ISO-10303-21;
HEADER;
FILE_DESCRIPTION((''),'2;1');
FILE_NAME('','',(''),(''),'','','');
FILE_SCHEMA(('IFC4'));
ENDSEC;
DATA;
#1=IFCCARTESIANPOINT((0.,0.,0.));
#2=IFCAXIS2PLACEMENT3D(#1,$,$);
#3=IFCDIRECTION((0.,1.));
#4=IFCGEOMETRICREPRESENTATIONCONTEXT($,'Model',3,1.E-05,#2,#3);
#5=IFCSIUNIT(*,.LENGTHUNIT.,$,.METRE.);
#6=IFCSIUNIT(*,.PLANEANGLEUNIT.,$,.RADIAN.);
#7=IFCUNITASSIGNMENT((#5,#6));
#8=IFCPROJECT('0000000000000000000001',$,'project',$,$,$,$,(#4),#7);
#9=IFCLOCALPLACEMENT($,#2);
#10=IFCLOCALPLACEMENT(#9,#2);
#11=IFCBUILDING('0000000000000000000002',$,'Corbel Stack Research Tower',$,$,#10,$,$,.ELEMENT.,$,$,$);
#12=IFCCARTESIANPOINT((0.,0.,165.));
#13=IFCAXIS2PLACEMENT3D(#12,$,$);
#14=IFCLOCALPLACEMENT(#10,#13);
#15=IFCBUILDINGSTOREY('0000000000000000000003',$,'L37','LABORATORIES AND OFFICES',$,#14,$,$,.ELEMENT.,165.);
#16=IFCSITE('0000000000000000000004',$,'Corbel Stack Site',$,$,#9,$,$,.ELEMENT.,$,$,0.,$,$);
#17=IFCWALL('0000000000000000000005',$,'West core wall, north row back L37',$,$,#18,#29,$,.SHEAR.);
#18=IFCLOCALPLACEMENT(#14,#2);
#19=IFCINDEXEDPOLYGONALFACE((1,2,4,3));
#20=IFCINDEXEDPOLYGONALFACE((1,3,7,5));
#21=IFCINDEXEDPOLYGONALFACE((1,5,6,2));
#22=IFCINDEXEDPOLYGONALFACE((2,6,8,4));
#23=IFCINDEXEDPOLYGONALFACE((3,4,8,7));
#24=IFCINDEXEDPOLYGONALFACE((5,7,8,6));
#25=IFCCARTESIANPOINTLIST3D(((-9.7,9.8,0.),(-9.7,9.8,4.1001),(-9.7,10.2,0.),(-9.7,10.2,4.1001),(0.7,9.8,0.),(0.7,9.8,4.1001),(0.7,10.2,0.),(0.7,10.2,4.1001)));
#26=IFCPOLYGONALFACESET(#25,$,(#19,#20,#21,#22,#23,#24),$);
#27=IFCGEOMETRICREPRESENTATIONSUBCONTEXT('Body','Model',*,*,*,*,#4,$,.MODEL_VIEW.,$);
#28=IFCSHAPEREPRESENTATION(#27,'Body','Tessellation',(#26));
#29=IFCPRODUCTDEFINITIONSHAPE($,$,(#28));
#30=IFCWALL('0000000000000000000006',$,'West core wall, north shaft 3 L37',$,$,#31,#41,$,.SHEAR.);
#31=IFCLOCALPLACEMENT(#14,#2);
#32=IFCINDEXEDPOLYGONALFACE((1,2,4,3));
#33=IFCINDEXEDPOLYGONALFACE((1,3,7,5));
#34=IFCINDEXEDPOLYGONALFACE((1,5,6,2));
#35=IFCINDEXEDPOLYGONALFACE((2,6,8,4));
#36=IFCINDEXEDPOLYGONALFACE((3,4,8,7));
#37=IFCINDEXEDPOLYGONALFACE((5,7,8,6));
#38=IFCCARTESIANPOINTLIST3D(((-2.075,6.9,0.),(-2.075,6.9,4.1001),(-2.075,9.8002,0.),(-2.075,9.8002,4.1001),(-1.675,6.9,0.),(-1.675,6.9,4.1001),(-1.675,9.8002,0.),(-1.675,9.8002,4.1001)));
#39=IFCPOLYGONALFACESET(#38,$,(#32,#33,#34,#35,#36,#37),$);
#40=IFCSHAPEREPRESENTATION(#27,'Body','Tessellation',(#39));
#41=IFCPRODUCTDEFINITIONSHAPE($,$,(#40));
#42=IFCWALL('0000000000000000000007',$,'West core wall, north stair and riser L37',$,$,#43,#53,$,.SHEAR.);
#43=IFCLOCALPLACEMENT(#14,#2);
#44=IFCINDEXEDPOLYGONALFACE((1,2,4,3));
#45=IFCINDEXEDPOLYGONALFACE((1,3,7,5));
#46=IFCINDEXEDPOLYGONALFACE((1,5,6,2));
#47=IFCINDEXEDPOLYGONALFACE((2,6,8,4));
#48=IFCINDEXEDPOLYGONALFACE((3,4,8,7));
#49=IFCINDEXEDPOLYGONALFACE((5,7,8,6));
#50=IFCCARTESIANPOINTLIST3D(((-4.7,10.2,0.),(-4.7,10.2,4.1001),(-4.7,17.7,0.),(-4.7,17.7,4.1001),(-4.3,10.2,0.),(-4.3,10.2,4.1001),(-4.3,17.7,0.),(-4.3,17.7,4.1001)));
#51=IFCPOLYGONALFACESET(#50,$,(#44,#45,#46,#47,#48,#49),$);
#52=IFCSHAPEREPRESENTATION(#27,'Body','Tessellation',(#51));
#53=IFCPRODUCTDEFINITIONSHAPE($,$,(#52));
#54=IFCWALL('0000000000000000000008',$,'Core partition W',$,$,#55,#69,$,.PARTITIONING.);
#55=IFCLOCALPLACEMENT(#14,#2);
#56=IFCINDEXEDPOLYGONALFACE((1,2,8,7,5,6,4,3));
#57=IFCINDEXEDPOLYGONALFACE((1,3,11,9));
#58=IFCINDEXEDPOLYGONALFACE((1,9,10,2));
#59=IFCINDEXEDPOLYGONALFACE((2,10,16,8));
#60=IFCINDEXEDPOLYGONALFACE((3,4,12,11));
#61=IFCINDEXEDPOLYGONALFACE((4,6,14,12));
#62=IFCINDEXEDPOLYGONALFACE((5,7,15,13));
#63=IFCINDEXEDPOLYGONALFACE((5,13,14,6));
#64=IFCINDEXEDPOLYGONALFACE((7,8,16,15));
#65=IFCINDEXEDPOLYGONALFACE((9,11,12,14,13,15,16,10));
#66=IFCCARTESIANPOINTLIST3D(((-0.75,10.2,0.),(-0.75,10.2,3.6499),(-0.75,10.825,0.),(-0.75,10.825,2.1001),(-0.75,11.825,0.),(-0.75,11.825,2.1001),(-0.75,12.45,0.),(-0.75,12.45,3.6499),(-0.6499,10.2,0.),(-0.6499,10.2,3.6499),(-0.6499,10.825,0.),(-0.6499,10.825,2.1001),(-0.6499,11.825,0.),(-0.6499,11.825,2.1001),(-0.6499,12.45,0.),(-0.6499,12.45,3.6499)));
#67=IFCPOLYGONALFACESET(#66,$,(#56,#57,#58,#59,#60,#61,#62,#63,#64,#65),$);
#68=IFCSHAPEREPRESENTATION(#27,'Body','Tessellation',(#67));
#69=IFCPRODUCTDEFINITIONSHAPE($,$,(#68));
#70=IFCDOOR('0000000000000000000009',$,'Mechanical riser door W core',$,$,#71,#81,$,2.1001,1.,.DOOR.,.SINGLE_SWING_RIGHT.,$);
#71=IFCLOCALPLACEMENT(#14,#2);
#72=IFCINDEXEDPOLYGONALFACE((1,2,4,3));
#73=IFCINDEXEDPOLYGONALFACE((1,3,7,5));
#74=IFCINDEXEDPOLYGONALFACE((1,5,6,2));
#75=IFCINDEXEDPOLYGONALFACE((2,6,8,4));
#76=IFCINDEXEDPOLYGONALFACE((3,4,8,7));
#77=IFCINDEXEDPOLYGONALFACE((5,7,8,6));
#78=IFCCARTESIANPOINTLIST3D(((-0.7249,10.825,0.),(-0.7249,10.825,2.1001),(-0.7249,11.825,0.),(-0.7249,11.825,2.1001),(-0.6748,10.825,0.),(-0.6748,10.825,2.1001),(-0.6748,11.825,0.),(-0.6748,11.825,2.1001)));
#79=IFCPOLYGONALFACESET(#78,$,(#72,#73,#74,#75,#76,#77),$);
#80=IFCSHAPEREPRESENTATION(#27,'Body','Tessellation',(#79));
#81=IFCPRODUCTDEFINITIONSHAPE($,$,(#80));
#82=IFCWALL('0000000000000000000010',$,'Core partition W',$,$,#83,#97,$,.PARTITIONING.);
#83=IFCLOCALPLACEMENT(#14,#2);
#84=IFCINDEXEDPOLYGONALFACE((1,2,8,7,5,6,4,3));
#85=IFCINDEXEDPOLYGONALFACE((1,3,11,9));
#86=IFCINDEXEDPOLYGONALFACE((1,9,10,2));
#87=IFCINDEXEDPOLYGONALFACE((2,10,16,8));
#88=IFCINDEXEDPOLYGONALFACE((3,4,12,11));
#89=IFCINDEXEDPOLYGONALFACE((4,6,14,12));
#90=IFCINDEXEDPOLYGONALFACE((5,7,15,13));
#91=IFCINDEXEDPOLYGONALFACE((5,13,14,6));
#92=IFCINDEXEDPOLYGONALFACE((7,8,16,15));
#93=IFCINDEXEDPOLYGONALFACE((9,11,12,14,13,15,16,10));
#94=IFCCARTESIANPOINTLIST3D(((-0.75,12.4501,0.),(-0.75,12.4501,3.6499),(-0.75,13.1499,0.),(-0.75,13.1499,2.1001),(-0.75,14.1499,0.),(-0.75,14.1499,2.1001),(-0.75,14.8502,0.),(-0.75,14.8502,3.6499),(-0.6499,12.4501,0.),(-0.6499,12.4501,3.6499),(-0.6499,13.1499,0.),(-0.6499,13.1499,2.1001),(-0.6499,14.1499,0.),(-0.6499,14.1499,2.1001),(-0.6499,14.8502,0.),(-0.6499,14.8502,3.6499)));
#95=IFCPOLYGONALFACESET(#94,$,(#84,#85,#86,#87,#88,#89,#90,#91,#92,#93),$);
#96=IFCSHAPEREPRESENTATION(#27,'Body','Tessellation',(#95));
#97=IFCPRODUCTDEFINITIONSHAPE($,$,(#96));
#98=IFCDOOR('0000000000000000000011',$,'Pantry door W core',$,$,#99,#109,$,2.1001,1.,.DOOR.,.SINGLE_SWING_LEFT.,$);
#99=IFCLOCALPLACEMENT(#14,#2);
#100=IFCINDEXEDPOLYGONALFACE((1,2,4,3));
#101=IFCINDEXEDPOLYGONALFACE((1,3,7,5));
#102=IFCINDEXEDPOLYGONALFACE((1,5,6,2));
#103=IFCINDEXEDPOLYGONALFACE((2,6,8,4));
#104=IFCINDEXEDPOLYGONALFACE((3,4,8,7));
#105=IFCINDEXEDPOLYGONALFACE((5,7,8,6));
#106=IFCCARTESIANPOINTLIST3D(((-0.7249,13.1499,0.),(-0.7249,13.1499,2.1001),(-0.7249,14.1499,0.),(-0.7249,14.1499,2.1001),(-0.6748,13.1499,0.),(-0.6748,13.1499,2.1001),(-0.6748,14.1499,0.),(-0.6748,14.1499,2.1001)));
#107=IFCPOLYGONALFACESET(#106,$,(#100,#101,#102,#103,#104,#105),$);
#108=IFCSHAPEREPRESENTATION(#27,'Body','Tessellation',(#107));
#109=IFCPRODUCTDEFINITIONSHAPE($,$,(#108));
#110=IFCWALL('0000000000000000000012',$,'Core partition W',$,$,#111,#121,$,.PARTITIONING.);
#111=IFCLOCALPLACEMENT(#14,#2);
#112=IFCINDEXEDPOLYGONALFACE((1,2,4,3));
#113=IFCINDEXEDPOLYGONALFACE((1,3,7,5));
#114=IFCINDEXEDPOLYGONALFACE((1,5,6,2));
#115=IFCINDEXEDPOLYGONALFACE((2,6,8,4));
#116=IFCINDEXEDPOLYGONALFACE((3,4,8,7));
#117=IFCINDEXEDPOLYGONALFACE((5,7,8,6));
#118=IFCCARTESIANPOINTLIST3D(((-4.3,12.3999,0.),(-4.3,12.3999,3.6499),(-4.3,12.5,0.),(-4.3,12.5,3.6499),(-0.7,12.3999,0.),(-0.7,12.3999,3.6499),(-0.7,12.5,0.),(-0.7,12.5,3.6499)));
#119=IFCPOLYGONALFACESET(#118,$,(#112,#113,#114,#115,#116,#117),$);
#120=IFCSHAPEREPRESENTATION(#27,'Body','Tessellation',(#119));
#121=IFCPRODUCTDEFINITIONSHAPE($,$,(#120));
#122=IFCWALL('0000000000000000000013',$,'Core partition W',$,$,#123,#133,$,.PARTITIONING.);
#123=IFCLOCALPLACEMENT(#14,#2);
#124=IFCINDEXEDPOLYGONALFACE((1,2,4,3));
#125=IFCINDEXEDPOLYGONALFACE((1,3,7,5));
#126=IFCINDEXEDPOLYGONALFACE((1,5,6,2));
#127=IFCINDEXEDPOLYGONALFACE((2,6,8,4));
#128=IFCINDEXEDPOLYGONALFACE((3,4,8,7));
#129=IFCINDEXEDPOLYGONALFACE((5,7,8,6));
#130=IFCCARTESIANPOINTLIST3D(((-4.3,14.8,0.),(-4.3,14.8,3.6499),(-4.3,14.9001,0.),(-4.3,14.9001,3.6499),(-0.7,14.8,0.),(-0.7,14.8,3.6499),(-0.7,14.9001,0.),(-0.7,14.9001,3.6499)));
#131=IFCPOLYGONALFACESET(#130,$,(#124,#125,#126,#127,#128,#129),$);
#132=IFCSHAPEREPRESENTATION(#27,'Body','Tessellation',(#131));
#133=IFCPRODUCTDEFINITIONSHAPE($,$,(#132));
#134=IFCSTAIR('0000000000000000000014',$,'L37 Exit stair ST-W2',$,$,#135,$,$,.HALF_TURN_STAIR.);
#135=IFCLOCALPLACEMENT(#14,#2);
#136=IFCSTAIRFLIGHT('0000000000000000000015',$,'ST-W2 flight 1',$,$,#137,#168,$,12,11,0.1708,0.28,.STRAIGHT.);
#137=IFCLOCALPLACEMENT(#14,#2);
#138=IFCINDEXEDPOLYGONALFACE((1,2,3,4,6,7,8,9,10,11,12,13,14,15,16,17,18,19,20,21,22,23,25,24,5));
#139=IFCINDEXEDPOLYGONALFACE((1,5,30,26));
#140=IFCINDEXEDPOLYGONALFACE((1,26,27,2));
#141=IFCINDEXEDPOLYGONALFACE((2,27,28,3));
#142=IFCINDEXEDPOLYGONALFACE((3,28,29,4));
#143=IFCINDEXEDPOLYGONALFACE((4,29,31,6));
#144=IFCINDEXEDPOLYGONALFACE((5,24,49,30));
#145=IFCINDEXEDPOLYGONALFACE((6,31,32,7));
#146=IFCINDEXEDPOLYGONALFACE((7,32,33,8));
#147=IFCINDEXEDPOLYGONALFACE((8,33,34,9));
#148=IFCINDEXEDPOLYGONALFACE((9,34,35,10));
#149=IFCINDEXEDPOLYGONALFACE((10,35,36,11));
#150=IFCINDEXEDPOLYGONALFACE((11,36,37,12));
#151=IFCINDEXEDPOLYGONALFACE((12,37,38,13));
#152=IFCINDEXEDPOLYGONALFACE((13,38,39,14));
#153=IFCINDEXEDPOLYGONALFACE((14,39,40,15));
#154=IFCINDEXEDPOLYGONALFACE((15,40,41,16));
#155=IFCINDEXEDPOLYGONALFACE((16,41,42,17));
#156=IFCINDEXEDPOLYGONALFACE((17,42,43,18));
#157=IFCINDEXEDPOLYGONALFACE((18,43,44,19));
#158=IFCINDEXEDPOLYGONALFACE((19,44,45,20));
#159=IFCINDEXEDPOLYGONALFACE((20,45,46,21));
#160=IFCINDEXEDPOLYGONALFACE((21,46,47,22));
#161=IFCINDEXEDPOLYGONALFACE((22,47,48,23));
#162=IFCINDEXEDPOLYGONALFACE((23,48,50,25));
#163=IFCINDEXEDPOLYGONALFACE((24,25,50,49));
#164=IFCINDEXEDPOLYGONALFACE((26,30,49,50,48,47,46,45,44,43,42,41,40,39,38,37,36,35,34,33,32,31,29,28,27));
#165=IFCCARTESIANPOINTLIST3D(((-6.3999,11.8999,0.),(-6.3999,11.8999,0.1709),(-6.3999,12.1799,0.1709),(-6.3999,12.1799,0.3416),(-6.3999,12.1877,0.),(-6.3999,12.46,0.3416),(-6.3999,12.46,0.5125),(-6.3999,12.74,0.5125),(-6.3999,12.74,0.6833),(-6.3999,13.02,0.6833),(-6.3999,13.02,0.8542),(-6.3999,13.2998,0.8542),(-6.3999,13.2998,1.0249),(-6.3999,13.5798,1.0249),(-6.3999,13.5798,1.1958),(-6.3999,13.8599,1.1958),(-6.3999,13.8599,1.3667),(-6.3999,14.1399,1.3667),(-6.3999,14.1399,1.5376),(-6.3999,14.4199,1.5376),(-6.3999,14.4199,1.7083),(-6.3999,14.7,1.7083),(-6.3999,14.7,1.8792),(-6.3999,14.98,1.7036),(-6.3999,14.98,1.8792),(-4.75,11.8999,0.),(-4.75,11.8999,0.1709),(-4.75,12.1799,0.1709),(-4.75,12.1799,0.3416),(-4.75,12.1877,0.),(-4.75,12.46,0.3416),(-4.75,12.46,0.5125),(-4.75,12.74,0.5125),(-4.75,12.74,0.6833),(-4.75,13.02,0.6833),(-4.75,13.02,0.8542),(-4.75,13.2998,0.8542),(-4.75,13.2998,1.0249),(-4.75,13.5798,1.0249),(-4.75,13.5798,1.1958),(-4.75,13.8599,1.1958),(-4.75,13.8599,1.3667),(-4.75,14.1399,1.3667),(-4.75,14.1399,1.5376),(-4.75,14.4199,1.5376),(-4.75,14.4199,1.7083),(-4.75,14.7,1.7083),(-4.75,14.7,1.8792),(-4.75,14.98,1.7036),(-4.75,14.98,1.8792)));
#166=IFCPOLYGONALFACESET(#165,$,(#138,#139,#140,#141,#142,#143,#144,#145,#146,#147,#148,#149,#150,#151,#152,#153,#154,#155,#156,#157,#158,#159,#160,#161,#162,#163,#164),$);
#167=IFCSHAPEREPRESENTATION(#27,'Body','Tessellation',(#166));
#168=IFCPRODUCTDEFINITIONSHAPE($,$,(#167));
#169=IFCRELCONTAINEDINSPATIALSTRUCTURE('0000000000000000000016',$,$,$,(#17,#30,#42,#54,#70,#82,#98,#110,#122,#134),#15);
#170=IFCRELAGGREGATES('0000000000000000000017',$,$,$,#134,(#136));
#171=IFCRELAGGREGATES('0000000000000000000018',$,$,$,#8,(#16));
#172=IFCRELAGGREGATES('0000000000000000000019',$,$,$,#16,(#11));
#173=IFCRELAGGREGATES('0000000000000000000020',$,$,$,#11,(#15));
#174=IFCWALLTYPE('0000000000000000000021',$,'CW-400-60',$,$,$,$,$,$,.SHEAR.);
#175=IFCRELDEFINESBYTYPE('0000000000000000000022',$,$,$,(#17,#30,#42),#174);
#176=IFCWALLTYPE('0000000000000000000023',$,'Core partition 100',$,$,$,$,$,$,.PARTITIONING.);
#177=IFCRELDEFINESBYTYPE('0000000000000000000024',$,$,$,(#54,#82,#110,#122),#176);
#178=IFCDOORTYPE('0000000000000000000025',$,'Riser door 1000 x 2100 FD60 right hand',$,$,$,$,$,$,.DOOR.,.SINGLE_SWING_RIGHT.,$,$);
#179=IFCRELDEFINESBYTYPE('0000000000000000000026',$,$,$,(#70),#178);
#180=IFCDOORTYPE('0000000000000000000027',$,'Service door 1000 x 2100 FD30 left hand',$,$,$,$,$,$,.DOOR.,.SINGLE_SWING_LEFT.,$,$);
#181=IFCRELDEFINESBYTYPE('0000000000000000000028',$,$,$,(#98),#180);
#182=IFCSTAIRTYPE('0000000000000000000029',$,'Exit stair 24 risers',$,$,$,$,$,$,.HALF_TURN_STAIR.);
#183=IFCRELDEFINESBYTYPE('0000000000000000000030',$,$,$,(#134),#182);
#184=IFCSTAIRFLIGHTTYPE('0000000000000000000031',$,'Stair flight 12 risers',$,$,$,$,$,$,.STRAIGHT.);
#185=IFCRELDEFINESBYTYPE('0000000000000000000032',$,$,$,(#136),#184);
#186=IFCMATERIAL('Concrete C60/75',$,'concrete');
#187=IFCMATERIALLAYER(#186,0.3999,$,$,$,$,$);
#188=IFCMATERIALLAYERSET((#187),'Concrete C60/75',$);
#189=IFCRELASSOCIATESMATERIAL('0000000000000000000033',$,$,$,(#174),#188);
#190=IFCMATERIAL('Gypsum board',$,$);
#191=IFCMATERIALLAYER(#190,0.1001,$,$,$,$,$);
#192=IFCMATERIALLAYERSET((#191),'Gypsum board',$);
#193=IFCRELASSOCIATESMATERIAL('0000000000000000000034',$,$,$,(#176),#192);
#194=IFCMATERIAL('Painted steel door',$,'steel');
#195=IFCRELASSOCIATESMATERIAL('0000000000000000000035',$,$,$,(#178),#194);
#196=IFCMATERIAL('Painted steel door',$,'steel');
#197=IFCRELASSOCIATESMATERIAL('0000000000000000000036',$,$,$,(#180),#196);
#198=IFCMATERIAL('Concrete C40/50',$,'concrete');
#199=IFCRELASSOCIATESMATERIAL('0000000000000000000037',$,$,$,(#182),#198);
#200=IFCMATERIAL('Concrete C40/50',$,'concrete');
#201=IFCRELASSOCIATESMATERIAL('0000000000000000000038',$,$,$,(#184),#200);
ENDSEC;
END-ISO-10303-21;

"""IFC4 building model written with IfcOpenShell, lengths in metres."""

from ifc_helpers import new_model, si_unit, direction, frame, frame_2d, origin, place, context, subcontext, project, spatial, polyline, rectangle, outline, extrude, material, layer, layer_set, type_object, element, fill, aggregate, save


model = new_model("IFC4")

# Units and contexts
model_context = context("Model", 3, precision=1e-05, world=origin(), true_north=direction((0.0, 1.0)))
body_context = subcontext(model_context, "Body", "Model", "MODEL_VIEW")
ifc_project = project(units=[si_unit("LENGTHUNIT", "METRE"), si_unit("PLANEANGLEUNIT", "RADIAN")], contexts=[model_context])

# Site, building, storey
site_placement = place(None, origin())
site = spatial("IfcSite", under=ifc_project, at=site_placement, Name="Corbel Stack Site", CompositionType="ELEMENT", RefElevation=0.0)
building_placement = place(site_placement, origin())
building = spatial("IfcBuilding", under=site, at=building_placement, Name="Corbel Stack Research Tower", CompositionType="ELEMENT")
storey_placement = place(building_placement, frame((0.0, 0.0, 165.0)))
storey = spatial("IfcBuildingStorey", under=building, at=storey_placement, Name="L37", Description="LABORATORIES AND OFFICES", CompositionType="ELEMENT", Elevation=165.0)

# Walls
ifc_material_1 = material(Name="Concrete C60/75", Category="concrete")
ifc_layer_1 = layer(ifc_material_1, 0.3999)
ifc_layer_set_1 = layer_set([ifc_layer_1], Name="Concrete C60/75")
wall_type_1 = type_object("IfcWallType", Name="CW-400-60", PredefinedType="SHEAR", material=ifc_layer_set_1)
wall_1_placement = place(storey_placement, frame((-9.7, 10.0, 0.0), z_axis=(0.0, 0.0, 1.0), x_axis=(1.0, 0.0, 0.0)))
element("IfcWall", 1, at=wall_1_placement, inside=storey, type_object=wall_type_1, Name="West core wall, north row back L37", PredefinedType="SHEAR", context=body_context, shape_type="SweptSolid", body=[
    extrude(rectangle(XDim=10.3999, YDim=0.3999, at=frame_2d((5.2, 0.0))), origin(), (0.0, 0.0, 1.0), 4.1001),
])
wall_2_placement = place(storey_placement, frame((-1.875, 6.8999, 0.0), z_axis=(0.0, 0.0, 1.0), x_axis=(0.0, 1.0, 0.0)))
element("IfcWall", 2, at=wall_2_placement, inside=storey, type_object=wall_type_1, Name="West core wall, north shaft 3 L37", PredefinedType="SHEAR", context=body_context, shape_type="SweptSolid", body=[
    extrude(rectangle(XDim=2.9001, YDim=0.3999, at=frame_2d((1.4502, 0.0))), origin(), (0.0, 0.0, 1.0), 4.1001),
])
wall_3_placement = place(storey_placement, frame((-4.5, 10.2, 0.0), z_axis=(0.0, 0.0, 1.0), x_axis=(0.0, 1.0, 0.0)))
element("IfcWall", 3, at=wall_3_placement, inside=storey, type_object=wall_type_1, Name="West core wall, north stair and riser L37", PredefinedType="SHEAR", context=body_context, shape_type="SweptSolid", body=[
    extrude(rectangle(XDim=7.5, YDim=0.3999, at=frame_2d((3.75, 0.0))), origin(), (0.0, 0.0, 1.0), 4.1001),
])

# Walls, openings, doors
ifc_material_2 = material(Name="Gypsum board")
ifc_layer_2 = layer(ifc_material_2, 0.1001)
ifc_layer_set_2 = layer_set([ifc_layer_2], Name="Gypsum board")
wall_type_2 = type_object("IfcWallType", Name="Core partition 100", PredefinedType="PARTITIONING", material=ifc_layer_set_2)
wall_4_placement = place(storey_placement, frame((-0.7, 10.2, 0.0), z_axis=(0.0, 0.0, 1.0), x_axis=(0.0, 1.0, 0.0)))
wall_4 = element("IfcWall", 4, at=wall_4_placement, inside=storey, type_object=wall_type_2, Name="Core partition W", PredefinedType="PARTITIONING", context=body_context, shape_type="SweptSolid", body=[
    extrude(rectangle(XDim=2.25, YDim=0.1001, at=frame_2d((1.125, 0.0))), origin(), (0.0, 0.0, 1.0), 3.6499),
])
opening_1_placement = place(wall_4_placement, frame((0.625, 0.0, 0.0)))
opening_1 = element("IfcOpeningElement", 5, at=opening_1_placement, cuts=wall_4, PredefinedType="OPENING", context=body_context, shape_type="SweptSolid", body=[
    extrude(rectangle(XDim=1.0, YDim=2.1001, at=frame_2d((0.5, 1.05))), frame((0.0, 0.0601, 0.0), z_axis=(0.0, -1.0, 0.0), x_axis=(1.0, 0.0, 0.0)), (0.0, 0.0, 1.0), 0.1201),
])
ifc_material_3 = material(Name="Painted steel door", Category="steel")
door_type_1 = type_object("IfcDoorType", Name="Riser door 1000 x 2100 FD60 right hand", OperationType="SINGLE_SWING_RIGHT", PredefinedType="DOOR", material=ifc_material_3)
door_1_placement = place(opening_1_placement, origin())
door_1 = element("IfcDoor", 6, at=door_1_placement, inside=storey, type_object=door_type_1, Name="Mechanical riser door W core", OperationType="SINGLE_SWING_RIGHT", OverallHeight=2.1001, OverallWidth=1.0, PredefinedType="DOOR", context=body_context, shape_type="SweptSolid", body=[
    extrude(rectangle(XDim=1.0, YDim=2.1001, at=frame_2d((0.5, 1.05))), frame((0.0, 0.0249, 0.0), z_axis=(0.0, -1.0, 0.0), x_axis=(1.0, 0.0, 0.0)), (0.0, 0.0, 1.0), 0.05),
])
fill(opening_1, door_1)
wall_5_placement = place(storey_placement, frame((-0.7, 12.45, 0.0), z_axis=(0.0, 0.0, 1.0), x_axis=(0.0, 1.0, 0.0)))
wall_5 = element("IfcWall", 7, at=wall_5_placement, inside=storey, type_object=wall_type_2, Name="Core partition W", PredefinedType="PARTITIONING", context=body_context, shape_type="SweptSolid", body=[
    extrude(rectangle(XDim=2.4001, YDim=0.1001, at=frame_2d((1.2002, 0.0))), origin(), (0.0, 0.0, 1.0), 3.6499),
])
opening_2_placement = place(wall_5_placement, frame((0.7, 0.0, 0.0)))
opening_2 = element("IfcOpeningElement", 8, at=opening_2_placement, cuts=wall_5, PredefinedType="OPENING", context=body_context, shape_type="SweptSolid", body=[
    extrude(rectangle(XDim=1.0, YDim=2.1001, at=frame_2d((0.5, 1.05))), frame((0.0, 0.0601, 0.0), z_axis=(0.0, -1.0, 0.0), x_axis=(1.0, 0.0, 0.0)), (0.0, 0.0, 1.0), 0.1201),
])
ifc_material_4 = material(Name="Painted steel door", Category="steel")
door_type_2 = type_object("IfcDoorType", Name="Service door 1000 x 2100 FD30 left hand", OperationType="SINGLE_SWING_LEFT", PredefinedType="DOOR", material=ifc_material_4)
door_2_placement = place(opening_2_placement, origin())
door_2 = element("IfcDoor", 9, at=door_2_placement, inside=storey, type_object=door_type_2, Name="Pantry door W core", OperationType="SINGLE_SWING_LEFT", OverallHeight=2.1001, OverallWidth=1.0, PredefinedType="DOOR", context=body_context, shape_type="SweptSolid", body=[
    extrude(rectangle(XDim=1.0, YDim=2.1001, at=frame_2d((0.5, 1.05))), frame((0.0, 0.0249, 0.0), z_axis=(0.0, -1.0, 0.0), x_axis=(1.0, 0.0, 0.0)), (0.0, 0.0, 1.0), 0.05),
])
fill(opening_2, door_2)

# Walls
for number, where, z_axis, x_axis, name in (
    (10, (-4.3, 12.45, 0.0), (0.0, 0.0, 1.0), (1.0, 0.0, 0.0), "Core partition W"),
    (11, (-4.3, 14.8501, 0.0), (0.0, 0.0, 1.0), (1.0, 0.0, 0.0), "Core partition W"),
):
    element("IfcWall", number, at=place(storey_placement, frame(where, z_axis=z_axis, x_axis=x_axis)), inside=storey, type_object=wall_type_2, Name=name, PredefinedType="PARTITIONING", context=body_context, shape_type="SweptSolid", body=[
        extrude(rectangle(XDim=3.6001, YDim=0.1001, at=frame_2d((1.8, 0.0))), origin(), (0.0, 0.0, 1.0), 3.6499),
    ])

# Stair, stair flight
ifc_material_5 = material(Name="Concrete C40/50", Category="concrete")
stair_type = type_object("IfcStairType", Name="Exit stair 24 risers", PredefinedType="HALF_TURN_STAIR", material=ifc_material_5)
stair_placement = place(storey_placement, origin())
stair = element("IfcStair", 12, at=stair_placement, inside=storey, type_object=stair_type, Name="L37 Exit stair ST-W2", PredefinedType="HALF_TURN_STAIR")
ifc_material_6 = material(Name="Concrete C40/50", Category="concrete")
stair_flight_type = type_object("IfcStairFlightType", Name="Stair flight 12 risers", PredefinedType="STRAIGHT", material=ifc_material_6)
stair_flight_placement = place(storey_placement, frame((-5.575, 11.8999, 0.0), z_axis=(0.0, 0.0, 1.0), x_axis=(0.0, 1.0, 0.0)))
stair_flight = element("IfcStairFlight", 13, at=stair_flight_placement, type_object=stair_flight_type, Name="ST-W2 flight 1", NumberOfRisers=12, NumberOfTreads=11, PredefinedType="STRAIGHT", RiserHeight=0.1708, TreadLength=0.28, context=body_context, shape_type="SweptSolid", body=[
    extrude(outline(polyline([(0.0, 0.0), (0.0, 0.1709), (0.28, 0.1709), (0.28, 0.3416), (0.5601, 0.3416), (0.5601, 0.5125), (0.8401, 0.5125), (0.8401, 0.6833), (1.1201, 0.6833), (1.1201, 0.8542), (1.3999, 0.8542), (1.3999, 1.0249), (1.6799, 1.0249), (1.6799, 1.1958), (1.96, 1.1958), (1.96, 1.3667), (2.24, 1.3667), (2.24, 1.5376), (2.52, 1.5376), (2.52, 1.7083), (2.8, 1.7083), (2.8, 1.8792), (3.0801, 1.8792), (3.0801, 2.05), (3.0801, 1.7036), (0.2878, 0.0), (0.0, 0.0)])), frame((0.0, 0.825, 0.0), z_axis=(0.0, -1.0, 0.0), x_axis=(1.0, 0.0, 0.0)), (0.0, 0.0, 1.0), 1.6499),
])
aggregate(stair, [stair_flight])

save(model, "model.ifc")
